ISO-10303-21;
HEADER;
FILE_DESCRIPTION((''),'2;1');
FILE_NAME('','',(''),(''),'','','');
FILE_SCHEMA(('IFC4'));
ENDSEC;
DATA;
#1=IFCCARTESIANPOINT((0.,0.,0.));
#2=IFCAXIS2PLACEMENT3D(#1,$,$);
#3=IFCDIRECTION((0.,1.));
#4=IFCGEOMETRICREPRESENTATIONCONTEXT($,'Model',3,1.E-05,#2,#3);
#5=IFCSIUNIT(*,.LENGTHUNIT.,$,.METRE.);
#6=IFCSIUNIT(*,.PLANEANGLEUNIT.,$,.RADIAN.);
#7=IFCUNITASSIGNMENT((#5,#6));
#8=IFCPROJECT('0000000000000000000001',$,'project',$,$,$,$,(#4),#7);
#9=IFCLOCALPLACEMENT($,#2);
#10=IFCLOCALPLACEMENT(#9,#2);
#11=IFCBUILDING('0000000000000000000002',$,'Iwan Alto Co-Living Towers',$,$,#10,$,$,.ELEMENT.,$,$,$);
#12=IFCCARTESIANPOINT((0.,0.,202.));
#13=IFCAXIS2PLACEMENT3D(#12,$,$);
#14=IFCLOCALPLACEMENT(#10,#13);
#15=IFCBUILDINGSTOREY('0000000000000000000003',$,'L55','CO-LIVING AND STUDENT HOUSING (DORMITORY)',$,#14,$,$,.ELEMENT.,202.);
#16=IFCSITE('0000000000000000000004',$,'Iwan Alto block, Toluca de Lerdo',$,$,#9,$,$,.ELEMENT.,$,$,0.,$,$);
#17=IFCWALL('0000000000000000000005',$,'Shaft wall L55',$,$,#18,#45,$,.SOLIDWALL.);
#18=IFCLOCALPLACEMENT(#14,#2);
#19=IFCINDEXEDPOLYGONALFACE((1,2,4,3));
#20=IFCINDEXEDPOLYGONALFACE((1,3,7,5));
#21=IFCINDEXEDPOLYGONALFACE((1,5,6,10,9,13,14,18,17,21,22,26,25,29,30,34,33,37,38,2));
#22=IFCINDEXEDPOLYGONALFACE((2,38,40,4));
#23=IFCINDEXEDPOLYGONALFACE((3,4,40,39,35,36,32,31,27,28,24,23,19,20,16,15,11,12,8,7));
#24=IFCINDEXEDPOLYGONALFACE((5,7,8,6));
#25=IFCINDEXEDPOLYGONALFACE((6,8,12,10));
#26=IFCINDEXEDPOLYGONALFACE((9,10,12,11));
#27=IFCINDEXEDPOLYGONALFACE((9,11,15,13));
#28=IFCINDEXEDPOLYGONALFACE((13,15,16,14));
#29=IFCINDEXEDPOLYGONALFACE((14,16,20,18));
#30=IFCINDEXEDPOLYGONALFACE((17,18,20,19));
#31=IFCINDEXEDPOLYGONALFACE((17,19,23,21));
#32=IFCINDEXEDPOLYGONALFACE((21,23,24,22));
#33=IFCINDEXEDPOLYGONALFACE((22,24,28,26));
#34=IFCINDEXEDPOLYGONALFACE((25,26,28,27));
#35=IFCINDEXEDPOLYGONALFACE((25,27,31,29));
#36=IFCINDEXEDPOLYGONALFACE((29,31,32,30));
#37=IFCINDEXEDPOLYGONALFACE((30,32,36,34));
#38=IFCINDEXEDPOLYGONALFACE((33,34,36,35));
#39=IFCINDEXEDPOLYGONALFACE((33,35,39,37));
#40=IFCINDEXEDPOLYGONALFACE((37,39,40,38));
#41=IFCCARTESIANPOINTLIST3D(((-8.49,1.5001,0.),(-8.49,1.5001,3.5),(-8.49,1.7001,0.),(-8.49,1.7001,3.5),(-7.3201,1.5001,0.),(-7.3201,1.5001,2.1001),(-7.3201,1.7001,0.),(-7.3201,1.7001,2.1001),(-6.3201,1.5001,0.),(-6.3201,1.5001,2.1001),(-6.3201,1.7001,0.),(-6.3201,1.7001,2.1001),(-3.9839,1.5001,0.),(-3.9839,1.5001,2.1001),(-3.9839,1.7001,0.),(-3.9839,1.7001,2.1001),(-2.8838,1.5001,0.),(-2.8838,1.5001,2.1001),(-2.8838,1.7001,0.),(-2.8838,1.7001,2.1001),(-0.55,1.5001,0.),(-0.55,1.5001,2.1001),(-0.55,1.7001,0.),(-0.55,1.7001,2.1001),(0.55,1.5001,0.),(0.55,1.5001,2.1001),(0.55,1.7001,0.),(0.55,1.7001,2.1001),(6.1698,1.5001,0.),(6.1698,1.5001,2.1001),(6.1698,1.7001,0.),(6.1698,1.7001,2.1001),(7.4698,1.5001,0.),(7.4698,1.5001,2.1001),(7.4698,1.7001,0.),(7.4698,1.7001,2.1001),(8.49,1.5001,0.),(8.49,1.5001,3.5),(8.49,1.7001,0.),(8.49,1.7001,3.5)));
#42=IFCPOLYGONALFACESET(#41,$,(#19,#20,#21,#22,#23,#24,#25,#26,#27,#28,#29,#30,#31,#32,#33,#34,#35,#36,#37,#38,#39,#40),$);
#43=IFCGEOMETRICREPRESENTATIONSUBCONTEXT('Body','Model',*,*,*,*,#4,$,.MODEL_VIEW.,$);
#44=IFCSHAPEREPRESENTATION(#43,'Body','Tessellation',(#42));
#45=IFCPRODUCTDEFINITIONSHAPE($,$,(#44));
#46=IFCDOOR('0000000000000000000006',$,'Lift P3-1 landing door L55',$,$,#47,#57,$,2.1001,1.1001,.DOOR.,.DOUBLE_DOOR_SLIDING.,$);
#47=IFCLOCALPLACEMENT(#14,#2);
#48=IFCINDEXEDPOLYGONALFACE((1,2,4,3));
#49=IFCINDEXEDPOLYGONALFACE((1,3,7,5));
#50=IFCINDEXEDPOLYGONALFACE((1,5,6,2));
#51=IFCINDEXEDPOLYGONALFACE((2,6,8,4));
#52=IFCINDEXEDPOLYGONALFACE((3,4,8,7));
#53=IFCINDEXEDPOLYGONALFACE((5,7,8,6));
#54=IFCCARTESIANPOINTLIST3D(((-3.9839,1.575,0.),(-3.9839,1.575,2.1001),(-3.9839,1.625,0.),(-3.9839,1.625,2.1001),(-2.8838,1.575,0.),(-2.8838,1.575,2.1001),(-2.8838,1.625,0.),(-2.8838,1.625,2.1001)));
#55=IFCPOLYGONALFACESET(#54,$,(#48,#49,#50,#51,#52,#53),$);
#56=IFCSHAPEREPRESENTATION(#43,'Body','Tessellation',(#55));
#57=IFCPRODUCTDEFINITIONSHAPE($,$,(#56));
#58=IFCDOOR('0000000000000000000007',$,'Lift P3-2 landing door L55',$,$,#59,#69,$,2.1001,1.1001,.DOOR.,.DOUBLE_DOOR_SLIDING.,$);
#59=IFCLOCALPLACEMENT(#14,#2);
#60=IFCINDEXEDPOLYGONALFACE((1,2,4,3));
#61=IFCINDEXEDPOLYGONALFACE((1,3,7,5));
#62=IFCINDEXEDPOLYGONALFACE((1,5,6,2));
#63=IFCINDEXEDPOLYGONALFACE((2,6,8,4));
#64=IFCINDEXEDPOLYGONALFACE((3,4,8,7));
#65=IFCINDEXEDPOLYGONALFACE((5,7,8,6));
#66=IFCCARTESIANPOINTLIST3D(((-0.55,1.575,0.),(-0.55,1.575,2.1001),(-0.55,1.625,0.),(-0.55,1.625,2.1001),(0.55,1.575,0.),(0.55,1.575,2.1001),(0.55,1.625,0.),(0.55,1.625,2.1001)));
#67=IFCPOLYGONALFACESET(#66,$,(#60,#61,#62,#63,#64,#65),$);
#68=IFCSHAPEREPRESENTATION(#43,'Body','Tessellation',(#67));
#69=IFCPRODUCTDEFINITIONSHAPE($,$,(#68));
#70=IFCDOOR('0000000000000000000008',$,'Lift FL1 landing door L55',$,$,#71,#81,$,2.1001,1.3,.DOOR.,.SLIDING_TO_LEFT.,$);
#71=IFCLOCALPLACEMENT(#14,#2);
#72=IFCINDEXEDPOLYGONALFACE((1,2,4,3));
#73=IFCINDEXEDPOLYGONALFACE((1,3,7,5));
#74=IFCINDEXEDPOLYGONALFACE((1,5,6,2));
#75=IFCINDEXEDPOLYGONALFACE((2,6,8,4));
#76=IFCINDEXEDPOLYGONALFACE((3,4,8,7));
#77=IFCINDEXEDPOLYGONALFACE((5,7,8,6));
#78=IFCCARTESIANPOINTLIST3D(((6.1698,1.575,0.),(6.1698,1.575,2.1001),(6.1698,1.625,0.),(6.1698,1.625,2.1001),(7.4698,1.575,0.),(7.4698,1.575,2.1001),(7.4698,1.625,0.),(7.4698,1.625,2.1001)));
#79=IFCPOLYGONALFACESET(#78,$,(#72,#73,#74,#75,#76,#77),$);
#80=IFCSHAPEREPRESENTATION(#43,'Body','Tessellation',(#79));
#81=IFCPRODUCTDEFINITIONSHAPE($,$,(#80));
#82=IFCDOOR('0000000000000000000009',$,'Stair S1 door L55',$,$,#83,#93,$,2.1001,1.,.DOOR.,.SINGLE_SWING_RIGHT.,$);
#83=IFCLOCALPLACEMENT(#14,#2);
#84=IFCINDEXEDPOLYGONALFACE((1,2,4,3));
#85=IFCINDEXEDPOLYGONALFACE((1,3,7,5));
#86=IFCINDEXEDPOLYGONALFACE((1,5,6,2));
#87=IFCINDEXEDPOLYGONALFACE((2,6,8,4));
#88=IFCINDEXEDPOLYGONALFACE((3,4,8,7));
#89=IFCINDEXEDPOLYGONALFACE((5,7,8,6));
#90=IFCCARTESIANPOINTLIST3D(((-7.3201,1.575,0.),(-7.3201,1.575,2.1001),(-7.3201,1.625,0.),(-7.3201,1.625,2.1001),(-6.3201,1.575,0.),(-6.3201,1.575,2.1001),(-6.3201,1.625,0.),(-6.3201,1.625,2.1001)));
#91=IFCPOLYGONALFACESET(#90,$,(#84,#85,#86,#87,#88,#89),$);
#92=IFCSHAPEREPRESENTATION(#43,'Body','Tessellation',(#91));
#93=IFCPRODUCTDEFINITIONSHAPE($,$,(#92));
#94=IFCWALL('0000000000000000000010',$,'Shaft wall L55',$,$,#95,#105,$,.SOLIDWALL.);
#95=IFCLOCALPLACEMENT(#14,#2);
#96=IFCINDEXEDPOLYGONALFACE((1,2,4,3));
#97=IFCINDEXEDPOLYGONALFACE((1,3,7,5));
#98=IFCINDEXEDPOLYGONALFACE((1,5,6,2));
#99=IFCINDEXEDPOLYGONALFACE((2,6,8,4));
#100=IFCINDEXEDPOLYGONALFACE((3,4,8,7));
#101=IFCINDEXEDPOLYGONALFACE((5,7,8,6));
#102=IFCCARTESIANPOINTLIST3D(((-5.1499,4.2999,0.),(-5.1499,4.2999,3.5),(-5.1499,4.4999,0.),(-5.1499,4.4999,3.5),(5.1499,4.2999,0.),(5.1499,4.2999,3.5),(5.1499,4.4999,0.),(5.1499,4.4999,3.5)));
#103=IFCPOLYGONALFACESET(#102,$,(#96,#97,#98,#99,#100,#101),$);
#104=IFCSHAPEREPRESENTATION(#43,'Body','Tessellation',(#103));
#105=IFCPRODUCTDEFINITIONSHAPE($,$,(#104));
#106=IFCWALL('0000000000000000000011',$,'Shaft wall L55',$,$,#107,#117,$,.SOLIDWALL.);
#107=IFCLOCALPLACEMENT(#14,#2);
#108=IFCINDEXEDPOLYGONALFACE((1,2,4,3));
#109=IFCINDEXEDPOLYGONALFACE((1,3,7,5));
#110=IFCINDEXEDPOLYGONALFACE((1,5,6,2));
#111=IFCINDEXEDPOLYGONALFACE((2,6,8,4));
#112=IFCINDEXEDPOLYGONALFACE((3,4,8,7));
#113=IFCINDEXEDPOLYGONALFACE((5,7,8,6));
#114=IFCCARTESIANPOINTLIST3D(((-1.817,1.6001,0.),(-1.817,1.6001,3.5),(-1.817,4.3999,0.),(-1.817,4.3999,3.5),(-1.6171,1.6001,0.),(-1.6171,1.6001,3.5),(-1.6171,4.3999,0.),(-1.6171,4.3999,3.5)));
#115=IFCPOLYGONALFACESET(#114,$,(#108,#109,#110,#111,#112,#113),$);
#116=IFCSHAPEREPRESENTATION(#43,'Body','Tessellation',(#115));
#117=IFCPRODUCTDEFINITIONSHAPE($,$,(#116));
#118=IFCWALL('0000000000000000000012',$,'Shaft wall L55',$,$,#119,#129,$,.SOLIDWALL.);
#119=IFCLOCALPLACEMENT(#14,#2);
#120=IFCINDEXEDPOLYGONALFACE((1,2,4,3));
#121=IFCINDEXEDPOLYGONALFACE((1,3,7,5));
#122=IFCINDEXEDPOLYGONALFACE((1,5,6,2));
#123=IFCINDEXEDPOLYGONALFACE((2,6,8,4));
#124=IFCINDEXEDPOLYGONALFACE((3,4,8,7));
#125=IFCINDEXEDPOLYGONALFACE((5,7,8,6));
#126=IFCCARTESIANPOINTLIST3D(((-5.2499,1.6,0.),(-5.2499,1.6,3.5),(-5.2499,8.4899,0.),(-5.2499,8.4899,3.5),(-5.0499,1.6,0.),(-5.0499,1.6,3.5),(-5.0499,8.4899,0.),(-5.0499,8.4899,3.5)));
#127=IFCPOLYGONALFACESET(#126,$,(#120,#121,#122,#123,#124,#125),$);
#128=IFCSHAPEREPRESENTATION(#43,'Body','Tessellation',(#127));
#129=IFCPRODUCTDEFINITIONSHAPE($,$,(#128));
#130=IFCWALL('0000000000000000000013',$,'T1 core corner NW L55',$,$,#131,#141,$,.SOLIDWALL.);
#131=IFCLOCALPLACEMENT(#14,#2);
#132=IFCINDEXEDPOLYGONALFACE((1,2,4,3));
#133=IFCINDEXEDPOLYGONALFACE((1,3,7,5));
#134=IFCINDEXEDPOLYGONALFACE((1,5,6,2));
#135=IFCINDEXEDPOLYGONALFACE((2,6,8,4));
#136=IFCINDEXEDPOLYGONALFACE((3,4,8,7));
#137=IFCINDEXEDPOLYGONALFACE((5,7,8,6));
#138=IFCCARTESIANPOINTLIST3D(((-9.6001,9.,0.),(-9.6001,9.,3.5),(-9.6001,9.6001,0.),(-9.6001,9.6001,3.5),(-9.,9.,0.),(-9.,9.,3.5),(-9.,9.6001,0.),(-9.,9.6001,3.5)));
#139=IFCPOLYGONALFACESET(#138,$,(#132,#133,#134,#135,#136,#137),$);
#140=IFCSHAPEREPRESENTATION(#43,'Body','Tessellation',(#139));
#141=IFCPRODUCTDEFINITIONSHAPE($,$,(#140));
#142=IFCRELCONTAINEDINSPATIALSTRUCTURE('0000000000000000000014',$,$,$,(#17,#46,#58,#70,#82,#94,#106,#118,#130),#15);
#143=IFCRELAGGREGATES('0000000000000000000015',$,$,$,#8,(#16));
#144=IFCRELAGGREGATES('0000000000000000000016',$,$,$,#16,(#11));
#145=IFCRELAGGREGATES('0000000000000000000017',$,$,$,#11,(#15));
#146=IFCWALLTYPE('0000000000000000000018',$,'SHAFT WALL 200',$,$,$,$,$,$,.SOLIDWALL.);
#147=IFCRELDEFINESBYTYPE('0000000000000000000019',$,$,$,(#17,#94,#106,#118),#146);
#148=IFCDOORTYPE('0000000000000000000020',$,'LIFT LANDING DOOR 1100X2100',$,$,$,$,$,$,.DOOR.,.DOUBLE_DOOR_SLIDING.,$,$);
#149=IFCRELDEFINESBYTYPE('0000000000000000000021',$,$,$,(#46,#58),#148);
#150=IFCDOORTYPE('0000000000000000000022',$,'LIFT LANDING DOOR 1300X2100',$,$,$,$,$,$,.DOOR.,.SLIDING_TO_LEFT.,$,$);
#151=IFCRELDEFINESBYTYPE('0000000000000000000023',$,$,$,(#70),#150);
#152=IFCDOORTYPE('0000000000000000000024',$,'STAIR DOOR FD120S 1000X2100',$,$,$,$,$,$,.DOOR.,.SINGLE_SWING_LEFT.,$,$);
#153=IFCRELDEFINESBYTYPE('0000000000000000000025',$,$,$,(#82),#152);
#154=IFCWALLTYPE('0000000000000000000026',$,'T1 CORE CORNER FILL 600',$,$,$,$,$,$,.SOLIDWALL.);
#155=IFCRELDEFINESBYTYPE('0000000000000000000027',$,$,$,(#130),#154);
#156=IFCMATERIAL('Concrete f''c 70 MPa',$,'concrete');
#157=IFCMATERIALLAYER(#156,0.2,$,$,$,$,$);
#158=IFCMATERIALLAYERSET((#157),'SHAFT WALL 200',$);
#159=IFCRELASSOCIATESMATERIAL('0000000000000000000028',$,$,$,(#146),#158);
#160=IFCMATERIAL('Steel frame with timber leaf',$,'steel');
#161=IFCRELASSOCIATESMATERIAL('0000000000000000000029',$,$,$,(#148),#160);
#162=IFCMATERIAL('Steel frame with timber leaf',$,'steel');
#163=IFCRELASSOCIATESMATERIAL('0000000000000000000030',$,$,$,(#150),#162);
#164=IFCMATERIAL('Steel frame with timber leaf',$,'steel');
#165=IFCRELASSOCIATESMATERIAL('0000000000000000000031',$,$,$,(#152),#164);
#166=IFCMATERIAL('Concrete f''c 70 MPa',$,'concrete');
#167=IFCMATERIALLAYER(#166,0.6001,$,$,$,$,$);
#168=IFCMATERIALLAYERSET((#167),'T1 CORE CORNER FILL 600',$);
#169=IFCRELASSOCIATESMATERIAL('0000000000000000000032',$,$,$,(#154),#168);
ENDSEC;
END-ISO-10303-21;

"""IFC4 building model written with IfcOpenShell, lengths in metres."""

from ifc_helpers import new_model, si_unit, direction, frame, frame_2d, origin, place, context, subcontext, project, spatial, rectangle, extrude, material, layer, layer_set, type_object, element, fill, save


model = new_model("IFC4")

# Units and contexts
model_context = context("Model", 3, precision=1e-05, world=origin(), true_north=direction((0.0, 1.0)))
body_context = subcontext(model_context, "Body", "Model", "MODEL_VIEW")
ifc_project = project(units=[si_unit("LENGTHUNIT", "METRE"), si_unit("PLANEANGLEUNIT", "RADIAN")], contexts=[model_context])

# Site, building, storey
site_placement = place(None, origin())
site = spatial("IfcSite", under=ifc_project, at=site_placement, Name="Iwan Alto block, Toluca de Lerdo", CompositionType="ELEMENT", RefElevation=0.0)
building_placement = place(site_placement, origin())
building = spatial("IfcBuilding", under=site, at=building_placement, Name="Iwan Alto Co-Living Towers", CompositionType="ELEMENT")
storey_placement = place(building_placement, frame((0.0, 0.0, 202.0)))
storey = spatial("IfcBuildingStorey", under=building, at=storey_placement, Name="L55", Description="CO-LIVING AND STUDENT HOUSING (DORMITORY)", CompositionType="ELEMENT", Elevation=202.0)

# Wall, openings, doors
ifc_material_1 = material(Name="Concrete f'c 70 MPa", Category="concrete")
ifc_layer_1 = layer(ifc_material_1, 0.2)
ifc_layer_set_1 = layer_set([ifc_layer_1], Name="SHAFT WALL 200")
wall_type_1 = type_object("IfcWallType", Name="SHAFT WALL 200", PredefinedType="SOLIDWALL", material=ifc_layer_set_1)
wall_1_placement = place(storey_placement, frame((-8.49, 1.6001, 0.0), z_axis=(0.0, 0.0, 1.0), x_axis=(1.0, 0.0, 0.0)))
wall_1 = element("IfcWall", 1, at=wall_1_placement, inside=storey, type_object=wall_type_1, Name="Shaft wall L55", PredefinedType="SOLIDWALL", context=body_context, shape_type="SweptSolid", body=[
    extrude(rectangle(XDim=16.98, YDim=0.2, at=frame_2d((8.49, 0.0))), origin(), (0.0, 0.0, 1.0), 3.5),
])
opening_1_placement = place(wall_1_placement, frame((1.1699, 0.0, 0.0)))
opening_1 = element("IfcOpeningElement", 2, at=opening_1_placement, cuts=wall_1, PredefinedType="OPENING", context=body_context, shape_type="SweptSolid", body=[
    extrude(rectangle(XDim=1.0, YDim=2.1001, at=frame_2d((0.5, 1.05))), frame((0.0, 0.1099, 0.0), z_axis=(0.0, -1.0, 0.0), x_axis=(1.0, 0.0, 0.0)), (0.0, 0.0, 1.0), 0.22),
])
opening_2_placement = place(wall_1_placement, frame((4.5061, 0.0, 0.0)))
opening_2 = element("IfcOpeningElement", 3, at=opening_2_placement, cuts=wall_1, PredefinedType="OPENING", context=body_context, shape_type="SweptSolid", body=[
    extrude(rectangle(XDim=1.1001, YDim=2.1001, at=frame_2d((0.55, 1.05))), frame((0.0, 0.1099, 0.0), z_axis=(0.0, -1.0, 0.0), x_axis=(1.0, 0.0, 0.0)), (0.0, 0.0, 1.0), 0.22),
])
opening_3_placement = place(wall_1_placement, frame((7.9399, 0.0, 0.0)))
opening_3 = element("IfcOpeningElement", 4, at=opening_3_placement, cuts=wall_1, PredefinedType="OPENING", context=body_context, shape_type="SweptSolid", body=[
    extrude(rectangle(XDim=1.1001, YDim=2.1001, at=frame_2d((0.55, 1.05))), frame((0.0, 0.1099, 0.0), z_axis=(0.0, -1.0, 0.0), x_axis=(1.0, 0.0, 0.0)), (0.0, 0.0, 1.0), 0.22),
])
opening_4_placement = place(wall_1_placement, frame((14.6599, 0.0, 0.0)))
opening_4 = element("IfcOpeningElement", 5, at=opening_4_placement, cuts=wall_1, PredefinedType="OPENING", context=body_context, shape_type="SweptSolid", body=[
    extrude(rectangle(XDim=1.3, YDim=2.1001, at=frame_2d((0.6499, 1.05))), frame((0.0, 0.1099, 0.0), z_axis=(0.0, -1.0, 0.0), x_axis=(1.0, 0.0, 0.0)), (0.0, 0.0, 1.0), 0.22),
])
ifc_material_2 = material(Name="Steel frame with timber leaf", Category="steel")
door_type_1 = type_object("IfcDoorType", Name="LIFT LANDING DOOR 1100X2100", OperationType="DOUBLE_DOOR_SLIDING", PredefinedType="DOOR", material=ifc_material_2)
door_1_placement = place(opening_2_placement, origin())
door_1 = element("IfcDoor", 6, at=door_1_placement, inside=storey, type_object=door_type_1, Name="Lift P3-1 landing door L55", OperationType="DOUBLE_DOOR_SLIDING", OverallHeight=2.1001, OverallWidth=1.1001, PredefinedType="DOOR", context=body_context, shape_type="SweptSolid", body=[
    extrude(rectangle(XDim=1.1001, YDim=2.1001, at=frame_2d((0.55, 1.05))), frame((0.0, 0.0249, 0.0), z_axis=(0.0, -1.0, 0.0), x_axis=(1.0, 0.0, 0.0)), (0.0, 0.0, 1.0), 0.05),
])
fill(opening_2, door_1)
door_2_placement = place(opening_3_placement, origin())
door_2 = element("IfcDoor", 7, at=door_2_placement, inside=storey, type_object=door_type_1, Name="Lift P3-2 landing door L55", OperationType="DOUBLE_DOOR_SLIDING", OverallHeight=2.1001, OverallWidth=1.1001, PredefinedType="DOOR", context=body_context, shape_type="SweptSolid", body=[
    extrude(rectangle(XDim=1.1001, YDim=2.1001, at=frame_2d((0.55, 1.05))), frame((0.0, 0.0249, 0.0), z_axis=(0.0, -1.0, 0.0), x_axis=(1.0, 0.0, 0.0)), (0.0, 0.0, 1.0), 0.05),
])
fill(opening_3, door_2)
ifc_material_3 = material(Name="Steel frame with timber leaf", Category="steel")
door_type_2 = type_object("IfcDoorType", Name="LIFT LANDING DOOR 1300X2100", OperationType="SLIDING_TO_LEFT", PredefinedType="DOOR", material=ifc_material_3)
door_3_placement = place(opening_4_placement, origin())
door_3 = element("IfcDoor", 8, at=door_3_placement, inside=storey, type_object=door_type_2, Name="Lift FL1 landing door L55", OperationType="SLIDING_TO_LEFT", OverallHeight=2.1001, OverallWidth=1.3, PredefinedType="DOOR", context=body_context, shape_type="SweptSolid", body=[
    extrude(rectangle(XDim=1.3, YDim=2.1001, at=frame_2d((0.6499, 1.05))), frame((0.0, 0.0249, 0.0), z_axis=(0.0, -1.0, 0.0), x_axis=(1.0, 0.0, 0.0)), (0.0, 0.0, 1.0), 0.05),
])
fill(opening_4, door_3)
ifc_material_4 = material(Name="Steel frame with timber leaf", Category="steel")
door_type_3 = type_object("IfcDoorType", Name="STAIR DOOR FD120S 1000X2100", OperationType="SINGLE_SWING_LEFT", PredefinedType="DOOR", material=ifc_material_4)
door_4_placement = place(opening_1_placement, origin())
door_4 = element("IfcDoor", 9, at=door_4_placement, inside=storey, type_object=door_type_3, Name="Stair S1 door L55", OperationType="SINGLE_SWING_RIGHT", OverallHeight=2.1001, OverallWidth=1.0, PredefinedType="DOOR", context=body_context, shape_type="SweptSolid", body=[
    extrude(rectangle(XDim=1.0, YDim=2.1001, at=frame_2d((0.5, 1.05))), frame((0.0, 0.0249, 0.0), z_axis=(0.0, -1.0, 0.0), x_axis=(1.0, 0.0, 0.0)), (0.0, 0.0, 1.0), 0.05),
])
fill(opening_1, door_4)

# Walls
wall_2_placement = place(storey_placement, frame((-5.1499, 4.3999, 0.0), z_axis=(0.0, 0.0, 1.0), x_axis=(1.0, 0.0, 0.0)))
element("IfcWall", 10, at=wall_2_placement, inside=storey, type_object=wall_type_1, Name="Shaft wall L55", PredefinedType="SOLIDWALL", context=body_context, shape_type="SweptSolid", body=[
    extrude(rectangle(XDim=10.2998, YDim=0.2, at=frame_2d((5.1499, 0.0))), origin(), (0.0, 0.0, 1.0), 3.5),
])
wall_3_placement = place(storey_placement, frame((-1.717, 1.6001, 0.0), z_axis=(0.0, 0.0, 1.0), x_axis=(0.0, 1.0, 0.0)))
element("IfcWall", 11, at=wall_3_placement, inside=storey, type_object=wall_type_1, Name="Shaft wall L55", PredefinedType="SOLIDWALL", context=body_context, shape_type="SweptSolid", body=[
    extrude(rectangle(XDim=2.7998, YDim=0.2, at=frame_2d((1.3999, 0.0))), origin(), (0.0, 0.0, 1.0), 3.5),
])
wall_4_placement = place(storey_placement, frame((-5.1499, 1.6001, 0.0), z_axis=(0.0, 0.0, 1.0), x_axis=(0.0, 1.0, 0.0)))
element("IfcWall", 12, at=wall_4_placement, inside=storey, type_object=wall_type_1, Name="Shaft wall L55", PredefinedType="SOLIDWALL", context=body_context, shape_type="SweptSolid", body=[
    extrude(rectangle(XDim=6.8899, YDim=0.2, at=frame_2d((3.4448, 0.0))), origin(), (0.0, 0.0, 1.0), 3.5),
])
ifc_material_5 = material(Name="Concrete f'c 70 MPa", Category="concrete")
ifc_layer_2 = layer(ifc_material_5, 0.6001)
ifc_layer_set_2 = layer_set([ifc_layer_2], Name="T1 CORE CORNER FILL 600")
wall_type_2 = type_object("IfcWallType", Name="T1 CORE CORNER FILL 600", PredefinedType="SOLIDWALL", material=ifc_layer_set_2)
wall_5_placement = place(storey_placement, frame((-9.6001, 9.3, 0.0), z_axis=(0.0, 0.0, 1.0), x_axis=(1.0, 0.0, 0.0)))
element("IfcWall", 13, at=wall_5_placement, inside=storey, type_object=wall_type_2, Name="T1 core corner NW L55", PredefinedType="SOLIDWALL", context=body_context, shape_type="SweptSolid", body=[
    extrude(rectangle(XDim=0.6001, YDim=0.6001, at=frame_2d((0.3, 0.0))), origin(), (0.0, 0.0, 1.0), 3.5),
])

save(model, "model.ifc")
